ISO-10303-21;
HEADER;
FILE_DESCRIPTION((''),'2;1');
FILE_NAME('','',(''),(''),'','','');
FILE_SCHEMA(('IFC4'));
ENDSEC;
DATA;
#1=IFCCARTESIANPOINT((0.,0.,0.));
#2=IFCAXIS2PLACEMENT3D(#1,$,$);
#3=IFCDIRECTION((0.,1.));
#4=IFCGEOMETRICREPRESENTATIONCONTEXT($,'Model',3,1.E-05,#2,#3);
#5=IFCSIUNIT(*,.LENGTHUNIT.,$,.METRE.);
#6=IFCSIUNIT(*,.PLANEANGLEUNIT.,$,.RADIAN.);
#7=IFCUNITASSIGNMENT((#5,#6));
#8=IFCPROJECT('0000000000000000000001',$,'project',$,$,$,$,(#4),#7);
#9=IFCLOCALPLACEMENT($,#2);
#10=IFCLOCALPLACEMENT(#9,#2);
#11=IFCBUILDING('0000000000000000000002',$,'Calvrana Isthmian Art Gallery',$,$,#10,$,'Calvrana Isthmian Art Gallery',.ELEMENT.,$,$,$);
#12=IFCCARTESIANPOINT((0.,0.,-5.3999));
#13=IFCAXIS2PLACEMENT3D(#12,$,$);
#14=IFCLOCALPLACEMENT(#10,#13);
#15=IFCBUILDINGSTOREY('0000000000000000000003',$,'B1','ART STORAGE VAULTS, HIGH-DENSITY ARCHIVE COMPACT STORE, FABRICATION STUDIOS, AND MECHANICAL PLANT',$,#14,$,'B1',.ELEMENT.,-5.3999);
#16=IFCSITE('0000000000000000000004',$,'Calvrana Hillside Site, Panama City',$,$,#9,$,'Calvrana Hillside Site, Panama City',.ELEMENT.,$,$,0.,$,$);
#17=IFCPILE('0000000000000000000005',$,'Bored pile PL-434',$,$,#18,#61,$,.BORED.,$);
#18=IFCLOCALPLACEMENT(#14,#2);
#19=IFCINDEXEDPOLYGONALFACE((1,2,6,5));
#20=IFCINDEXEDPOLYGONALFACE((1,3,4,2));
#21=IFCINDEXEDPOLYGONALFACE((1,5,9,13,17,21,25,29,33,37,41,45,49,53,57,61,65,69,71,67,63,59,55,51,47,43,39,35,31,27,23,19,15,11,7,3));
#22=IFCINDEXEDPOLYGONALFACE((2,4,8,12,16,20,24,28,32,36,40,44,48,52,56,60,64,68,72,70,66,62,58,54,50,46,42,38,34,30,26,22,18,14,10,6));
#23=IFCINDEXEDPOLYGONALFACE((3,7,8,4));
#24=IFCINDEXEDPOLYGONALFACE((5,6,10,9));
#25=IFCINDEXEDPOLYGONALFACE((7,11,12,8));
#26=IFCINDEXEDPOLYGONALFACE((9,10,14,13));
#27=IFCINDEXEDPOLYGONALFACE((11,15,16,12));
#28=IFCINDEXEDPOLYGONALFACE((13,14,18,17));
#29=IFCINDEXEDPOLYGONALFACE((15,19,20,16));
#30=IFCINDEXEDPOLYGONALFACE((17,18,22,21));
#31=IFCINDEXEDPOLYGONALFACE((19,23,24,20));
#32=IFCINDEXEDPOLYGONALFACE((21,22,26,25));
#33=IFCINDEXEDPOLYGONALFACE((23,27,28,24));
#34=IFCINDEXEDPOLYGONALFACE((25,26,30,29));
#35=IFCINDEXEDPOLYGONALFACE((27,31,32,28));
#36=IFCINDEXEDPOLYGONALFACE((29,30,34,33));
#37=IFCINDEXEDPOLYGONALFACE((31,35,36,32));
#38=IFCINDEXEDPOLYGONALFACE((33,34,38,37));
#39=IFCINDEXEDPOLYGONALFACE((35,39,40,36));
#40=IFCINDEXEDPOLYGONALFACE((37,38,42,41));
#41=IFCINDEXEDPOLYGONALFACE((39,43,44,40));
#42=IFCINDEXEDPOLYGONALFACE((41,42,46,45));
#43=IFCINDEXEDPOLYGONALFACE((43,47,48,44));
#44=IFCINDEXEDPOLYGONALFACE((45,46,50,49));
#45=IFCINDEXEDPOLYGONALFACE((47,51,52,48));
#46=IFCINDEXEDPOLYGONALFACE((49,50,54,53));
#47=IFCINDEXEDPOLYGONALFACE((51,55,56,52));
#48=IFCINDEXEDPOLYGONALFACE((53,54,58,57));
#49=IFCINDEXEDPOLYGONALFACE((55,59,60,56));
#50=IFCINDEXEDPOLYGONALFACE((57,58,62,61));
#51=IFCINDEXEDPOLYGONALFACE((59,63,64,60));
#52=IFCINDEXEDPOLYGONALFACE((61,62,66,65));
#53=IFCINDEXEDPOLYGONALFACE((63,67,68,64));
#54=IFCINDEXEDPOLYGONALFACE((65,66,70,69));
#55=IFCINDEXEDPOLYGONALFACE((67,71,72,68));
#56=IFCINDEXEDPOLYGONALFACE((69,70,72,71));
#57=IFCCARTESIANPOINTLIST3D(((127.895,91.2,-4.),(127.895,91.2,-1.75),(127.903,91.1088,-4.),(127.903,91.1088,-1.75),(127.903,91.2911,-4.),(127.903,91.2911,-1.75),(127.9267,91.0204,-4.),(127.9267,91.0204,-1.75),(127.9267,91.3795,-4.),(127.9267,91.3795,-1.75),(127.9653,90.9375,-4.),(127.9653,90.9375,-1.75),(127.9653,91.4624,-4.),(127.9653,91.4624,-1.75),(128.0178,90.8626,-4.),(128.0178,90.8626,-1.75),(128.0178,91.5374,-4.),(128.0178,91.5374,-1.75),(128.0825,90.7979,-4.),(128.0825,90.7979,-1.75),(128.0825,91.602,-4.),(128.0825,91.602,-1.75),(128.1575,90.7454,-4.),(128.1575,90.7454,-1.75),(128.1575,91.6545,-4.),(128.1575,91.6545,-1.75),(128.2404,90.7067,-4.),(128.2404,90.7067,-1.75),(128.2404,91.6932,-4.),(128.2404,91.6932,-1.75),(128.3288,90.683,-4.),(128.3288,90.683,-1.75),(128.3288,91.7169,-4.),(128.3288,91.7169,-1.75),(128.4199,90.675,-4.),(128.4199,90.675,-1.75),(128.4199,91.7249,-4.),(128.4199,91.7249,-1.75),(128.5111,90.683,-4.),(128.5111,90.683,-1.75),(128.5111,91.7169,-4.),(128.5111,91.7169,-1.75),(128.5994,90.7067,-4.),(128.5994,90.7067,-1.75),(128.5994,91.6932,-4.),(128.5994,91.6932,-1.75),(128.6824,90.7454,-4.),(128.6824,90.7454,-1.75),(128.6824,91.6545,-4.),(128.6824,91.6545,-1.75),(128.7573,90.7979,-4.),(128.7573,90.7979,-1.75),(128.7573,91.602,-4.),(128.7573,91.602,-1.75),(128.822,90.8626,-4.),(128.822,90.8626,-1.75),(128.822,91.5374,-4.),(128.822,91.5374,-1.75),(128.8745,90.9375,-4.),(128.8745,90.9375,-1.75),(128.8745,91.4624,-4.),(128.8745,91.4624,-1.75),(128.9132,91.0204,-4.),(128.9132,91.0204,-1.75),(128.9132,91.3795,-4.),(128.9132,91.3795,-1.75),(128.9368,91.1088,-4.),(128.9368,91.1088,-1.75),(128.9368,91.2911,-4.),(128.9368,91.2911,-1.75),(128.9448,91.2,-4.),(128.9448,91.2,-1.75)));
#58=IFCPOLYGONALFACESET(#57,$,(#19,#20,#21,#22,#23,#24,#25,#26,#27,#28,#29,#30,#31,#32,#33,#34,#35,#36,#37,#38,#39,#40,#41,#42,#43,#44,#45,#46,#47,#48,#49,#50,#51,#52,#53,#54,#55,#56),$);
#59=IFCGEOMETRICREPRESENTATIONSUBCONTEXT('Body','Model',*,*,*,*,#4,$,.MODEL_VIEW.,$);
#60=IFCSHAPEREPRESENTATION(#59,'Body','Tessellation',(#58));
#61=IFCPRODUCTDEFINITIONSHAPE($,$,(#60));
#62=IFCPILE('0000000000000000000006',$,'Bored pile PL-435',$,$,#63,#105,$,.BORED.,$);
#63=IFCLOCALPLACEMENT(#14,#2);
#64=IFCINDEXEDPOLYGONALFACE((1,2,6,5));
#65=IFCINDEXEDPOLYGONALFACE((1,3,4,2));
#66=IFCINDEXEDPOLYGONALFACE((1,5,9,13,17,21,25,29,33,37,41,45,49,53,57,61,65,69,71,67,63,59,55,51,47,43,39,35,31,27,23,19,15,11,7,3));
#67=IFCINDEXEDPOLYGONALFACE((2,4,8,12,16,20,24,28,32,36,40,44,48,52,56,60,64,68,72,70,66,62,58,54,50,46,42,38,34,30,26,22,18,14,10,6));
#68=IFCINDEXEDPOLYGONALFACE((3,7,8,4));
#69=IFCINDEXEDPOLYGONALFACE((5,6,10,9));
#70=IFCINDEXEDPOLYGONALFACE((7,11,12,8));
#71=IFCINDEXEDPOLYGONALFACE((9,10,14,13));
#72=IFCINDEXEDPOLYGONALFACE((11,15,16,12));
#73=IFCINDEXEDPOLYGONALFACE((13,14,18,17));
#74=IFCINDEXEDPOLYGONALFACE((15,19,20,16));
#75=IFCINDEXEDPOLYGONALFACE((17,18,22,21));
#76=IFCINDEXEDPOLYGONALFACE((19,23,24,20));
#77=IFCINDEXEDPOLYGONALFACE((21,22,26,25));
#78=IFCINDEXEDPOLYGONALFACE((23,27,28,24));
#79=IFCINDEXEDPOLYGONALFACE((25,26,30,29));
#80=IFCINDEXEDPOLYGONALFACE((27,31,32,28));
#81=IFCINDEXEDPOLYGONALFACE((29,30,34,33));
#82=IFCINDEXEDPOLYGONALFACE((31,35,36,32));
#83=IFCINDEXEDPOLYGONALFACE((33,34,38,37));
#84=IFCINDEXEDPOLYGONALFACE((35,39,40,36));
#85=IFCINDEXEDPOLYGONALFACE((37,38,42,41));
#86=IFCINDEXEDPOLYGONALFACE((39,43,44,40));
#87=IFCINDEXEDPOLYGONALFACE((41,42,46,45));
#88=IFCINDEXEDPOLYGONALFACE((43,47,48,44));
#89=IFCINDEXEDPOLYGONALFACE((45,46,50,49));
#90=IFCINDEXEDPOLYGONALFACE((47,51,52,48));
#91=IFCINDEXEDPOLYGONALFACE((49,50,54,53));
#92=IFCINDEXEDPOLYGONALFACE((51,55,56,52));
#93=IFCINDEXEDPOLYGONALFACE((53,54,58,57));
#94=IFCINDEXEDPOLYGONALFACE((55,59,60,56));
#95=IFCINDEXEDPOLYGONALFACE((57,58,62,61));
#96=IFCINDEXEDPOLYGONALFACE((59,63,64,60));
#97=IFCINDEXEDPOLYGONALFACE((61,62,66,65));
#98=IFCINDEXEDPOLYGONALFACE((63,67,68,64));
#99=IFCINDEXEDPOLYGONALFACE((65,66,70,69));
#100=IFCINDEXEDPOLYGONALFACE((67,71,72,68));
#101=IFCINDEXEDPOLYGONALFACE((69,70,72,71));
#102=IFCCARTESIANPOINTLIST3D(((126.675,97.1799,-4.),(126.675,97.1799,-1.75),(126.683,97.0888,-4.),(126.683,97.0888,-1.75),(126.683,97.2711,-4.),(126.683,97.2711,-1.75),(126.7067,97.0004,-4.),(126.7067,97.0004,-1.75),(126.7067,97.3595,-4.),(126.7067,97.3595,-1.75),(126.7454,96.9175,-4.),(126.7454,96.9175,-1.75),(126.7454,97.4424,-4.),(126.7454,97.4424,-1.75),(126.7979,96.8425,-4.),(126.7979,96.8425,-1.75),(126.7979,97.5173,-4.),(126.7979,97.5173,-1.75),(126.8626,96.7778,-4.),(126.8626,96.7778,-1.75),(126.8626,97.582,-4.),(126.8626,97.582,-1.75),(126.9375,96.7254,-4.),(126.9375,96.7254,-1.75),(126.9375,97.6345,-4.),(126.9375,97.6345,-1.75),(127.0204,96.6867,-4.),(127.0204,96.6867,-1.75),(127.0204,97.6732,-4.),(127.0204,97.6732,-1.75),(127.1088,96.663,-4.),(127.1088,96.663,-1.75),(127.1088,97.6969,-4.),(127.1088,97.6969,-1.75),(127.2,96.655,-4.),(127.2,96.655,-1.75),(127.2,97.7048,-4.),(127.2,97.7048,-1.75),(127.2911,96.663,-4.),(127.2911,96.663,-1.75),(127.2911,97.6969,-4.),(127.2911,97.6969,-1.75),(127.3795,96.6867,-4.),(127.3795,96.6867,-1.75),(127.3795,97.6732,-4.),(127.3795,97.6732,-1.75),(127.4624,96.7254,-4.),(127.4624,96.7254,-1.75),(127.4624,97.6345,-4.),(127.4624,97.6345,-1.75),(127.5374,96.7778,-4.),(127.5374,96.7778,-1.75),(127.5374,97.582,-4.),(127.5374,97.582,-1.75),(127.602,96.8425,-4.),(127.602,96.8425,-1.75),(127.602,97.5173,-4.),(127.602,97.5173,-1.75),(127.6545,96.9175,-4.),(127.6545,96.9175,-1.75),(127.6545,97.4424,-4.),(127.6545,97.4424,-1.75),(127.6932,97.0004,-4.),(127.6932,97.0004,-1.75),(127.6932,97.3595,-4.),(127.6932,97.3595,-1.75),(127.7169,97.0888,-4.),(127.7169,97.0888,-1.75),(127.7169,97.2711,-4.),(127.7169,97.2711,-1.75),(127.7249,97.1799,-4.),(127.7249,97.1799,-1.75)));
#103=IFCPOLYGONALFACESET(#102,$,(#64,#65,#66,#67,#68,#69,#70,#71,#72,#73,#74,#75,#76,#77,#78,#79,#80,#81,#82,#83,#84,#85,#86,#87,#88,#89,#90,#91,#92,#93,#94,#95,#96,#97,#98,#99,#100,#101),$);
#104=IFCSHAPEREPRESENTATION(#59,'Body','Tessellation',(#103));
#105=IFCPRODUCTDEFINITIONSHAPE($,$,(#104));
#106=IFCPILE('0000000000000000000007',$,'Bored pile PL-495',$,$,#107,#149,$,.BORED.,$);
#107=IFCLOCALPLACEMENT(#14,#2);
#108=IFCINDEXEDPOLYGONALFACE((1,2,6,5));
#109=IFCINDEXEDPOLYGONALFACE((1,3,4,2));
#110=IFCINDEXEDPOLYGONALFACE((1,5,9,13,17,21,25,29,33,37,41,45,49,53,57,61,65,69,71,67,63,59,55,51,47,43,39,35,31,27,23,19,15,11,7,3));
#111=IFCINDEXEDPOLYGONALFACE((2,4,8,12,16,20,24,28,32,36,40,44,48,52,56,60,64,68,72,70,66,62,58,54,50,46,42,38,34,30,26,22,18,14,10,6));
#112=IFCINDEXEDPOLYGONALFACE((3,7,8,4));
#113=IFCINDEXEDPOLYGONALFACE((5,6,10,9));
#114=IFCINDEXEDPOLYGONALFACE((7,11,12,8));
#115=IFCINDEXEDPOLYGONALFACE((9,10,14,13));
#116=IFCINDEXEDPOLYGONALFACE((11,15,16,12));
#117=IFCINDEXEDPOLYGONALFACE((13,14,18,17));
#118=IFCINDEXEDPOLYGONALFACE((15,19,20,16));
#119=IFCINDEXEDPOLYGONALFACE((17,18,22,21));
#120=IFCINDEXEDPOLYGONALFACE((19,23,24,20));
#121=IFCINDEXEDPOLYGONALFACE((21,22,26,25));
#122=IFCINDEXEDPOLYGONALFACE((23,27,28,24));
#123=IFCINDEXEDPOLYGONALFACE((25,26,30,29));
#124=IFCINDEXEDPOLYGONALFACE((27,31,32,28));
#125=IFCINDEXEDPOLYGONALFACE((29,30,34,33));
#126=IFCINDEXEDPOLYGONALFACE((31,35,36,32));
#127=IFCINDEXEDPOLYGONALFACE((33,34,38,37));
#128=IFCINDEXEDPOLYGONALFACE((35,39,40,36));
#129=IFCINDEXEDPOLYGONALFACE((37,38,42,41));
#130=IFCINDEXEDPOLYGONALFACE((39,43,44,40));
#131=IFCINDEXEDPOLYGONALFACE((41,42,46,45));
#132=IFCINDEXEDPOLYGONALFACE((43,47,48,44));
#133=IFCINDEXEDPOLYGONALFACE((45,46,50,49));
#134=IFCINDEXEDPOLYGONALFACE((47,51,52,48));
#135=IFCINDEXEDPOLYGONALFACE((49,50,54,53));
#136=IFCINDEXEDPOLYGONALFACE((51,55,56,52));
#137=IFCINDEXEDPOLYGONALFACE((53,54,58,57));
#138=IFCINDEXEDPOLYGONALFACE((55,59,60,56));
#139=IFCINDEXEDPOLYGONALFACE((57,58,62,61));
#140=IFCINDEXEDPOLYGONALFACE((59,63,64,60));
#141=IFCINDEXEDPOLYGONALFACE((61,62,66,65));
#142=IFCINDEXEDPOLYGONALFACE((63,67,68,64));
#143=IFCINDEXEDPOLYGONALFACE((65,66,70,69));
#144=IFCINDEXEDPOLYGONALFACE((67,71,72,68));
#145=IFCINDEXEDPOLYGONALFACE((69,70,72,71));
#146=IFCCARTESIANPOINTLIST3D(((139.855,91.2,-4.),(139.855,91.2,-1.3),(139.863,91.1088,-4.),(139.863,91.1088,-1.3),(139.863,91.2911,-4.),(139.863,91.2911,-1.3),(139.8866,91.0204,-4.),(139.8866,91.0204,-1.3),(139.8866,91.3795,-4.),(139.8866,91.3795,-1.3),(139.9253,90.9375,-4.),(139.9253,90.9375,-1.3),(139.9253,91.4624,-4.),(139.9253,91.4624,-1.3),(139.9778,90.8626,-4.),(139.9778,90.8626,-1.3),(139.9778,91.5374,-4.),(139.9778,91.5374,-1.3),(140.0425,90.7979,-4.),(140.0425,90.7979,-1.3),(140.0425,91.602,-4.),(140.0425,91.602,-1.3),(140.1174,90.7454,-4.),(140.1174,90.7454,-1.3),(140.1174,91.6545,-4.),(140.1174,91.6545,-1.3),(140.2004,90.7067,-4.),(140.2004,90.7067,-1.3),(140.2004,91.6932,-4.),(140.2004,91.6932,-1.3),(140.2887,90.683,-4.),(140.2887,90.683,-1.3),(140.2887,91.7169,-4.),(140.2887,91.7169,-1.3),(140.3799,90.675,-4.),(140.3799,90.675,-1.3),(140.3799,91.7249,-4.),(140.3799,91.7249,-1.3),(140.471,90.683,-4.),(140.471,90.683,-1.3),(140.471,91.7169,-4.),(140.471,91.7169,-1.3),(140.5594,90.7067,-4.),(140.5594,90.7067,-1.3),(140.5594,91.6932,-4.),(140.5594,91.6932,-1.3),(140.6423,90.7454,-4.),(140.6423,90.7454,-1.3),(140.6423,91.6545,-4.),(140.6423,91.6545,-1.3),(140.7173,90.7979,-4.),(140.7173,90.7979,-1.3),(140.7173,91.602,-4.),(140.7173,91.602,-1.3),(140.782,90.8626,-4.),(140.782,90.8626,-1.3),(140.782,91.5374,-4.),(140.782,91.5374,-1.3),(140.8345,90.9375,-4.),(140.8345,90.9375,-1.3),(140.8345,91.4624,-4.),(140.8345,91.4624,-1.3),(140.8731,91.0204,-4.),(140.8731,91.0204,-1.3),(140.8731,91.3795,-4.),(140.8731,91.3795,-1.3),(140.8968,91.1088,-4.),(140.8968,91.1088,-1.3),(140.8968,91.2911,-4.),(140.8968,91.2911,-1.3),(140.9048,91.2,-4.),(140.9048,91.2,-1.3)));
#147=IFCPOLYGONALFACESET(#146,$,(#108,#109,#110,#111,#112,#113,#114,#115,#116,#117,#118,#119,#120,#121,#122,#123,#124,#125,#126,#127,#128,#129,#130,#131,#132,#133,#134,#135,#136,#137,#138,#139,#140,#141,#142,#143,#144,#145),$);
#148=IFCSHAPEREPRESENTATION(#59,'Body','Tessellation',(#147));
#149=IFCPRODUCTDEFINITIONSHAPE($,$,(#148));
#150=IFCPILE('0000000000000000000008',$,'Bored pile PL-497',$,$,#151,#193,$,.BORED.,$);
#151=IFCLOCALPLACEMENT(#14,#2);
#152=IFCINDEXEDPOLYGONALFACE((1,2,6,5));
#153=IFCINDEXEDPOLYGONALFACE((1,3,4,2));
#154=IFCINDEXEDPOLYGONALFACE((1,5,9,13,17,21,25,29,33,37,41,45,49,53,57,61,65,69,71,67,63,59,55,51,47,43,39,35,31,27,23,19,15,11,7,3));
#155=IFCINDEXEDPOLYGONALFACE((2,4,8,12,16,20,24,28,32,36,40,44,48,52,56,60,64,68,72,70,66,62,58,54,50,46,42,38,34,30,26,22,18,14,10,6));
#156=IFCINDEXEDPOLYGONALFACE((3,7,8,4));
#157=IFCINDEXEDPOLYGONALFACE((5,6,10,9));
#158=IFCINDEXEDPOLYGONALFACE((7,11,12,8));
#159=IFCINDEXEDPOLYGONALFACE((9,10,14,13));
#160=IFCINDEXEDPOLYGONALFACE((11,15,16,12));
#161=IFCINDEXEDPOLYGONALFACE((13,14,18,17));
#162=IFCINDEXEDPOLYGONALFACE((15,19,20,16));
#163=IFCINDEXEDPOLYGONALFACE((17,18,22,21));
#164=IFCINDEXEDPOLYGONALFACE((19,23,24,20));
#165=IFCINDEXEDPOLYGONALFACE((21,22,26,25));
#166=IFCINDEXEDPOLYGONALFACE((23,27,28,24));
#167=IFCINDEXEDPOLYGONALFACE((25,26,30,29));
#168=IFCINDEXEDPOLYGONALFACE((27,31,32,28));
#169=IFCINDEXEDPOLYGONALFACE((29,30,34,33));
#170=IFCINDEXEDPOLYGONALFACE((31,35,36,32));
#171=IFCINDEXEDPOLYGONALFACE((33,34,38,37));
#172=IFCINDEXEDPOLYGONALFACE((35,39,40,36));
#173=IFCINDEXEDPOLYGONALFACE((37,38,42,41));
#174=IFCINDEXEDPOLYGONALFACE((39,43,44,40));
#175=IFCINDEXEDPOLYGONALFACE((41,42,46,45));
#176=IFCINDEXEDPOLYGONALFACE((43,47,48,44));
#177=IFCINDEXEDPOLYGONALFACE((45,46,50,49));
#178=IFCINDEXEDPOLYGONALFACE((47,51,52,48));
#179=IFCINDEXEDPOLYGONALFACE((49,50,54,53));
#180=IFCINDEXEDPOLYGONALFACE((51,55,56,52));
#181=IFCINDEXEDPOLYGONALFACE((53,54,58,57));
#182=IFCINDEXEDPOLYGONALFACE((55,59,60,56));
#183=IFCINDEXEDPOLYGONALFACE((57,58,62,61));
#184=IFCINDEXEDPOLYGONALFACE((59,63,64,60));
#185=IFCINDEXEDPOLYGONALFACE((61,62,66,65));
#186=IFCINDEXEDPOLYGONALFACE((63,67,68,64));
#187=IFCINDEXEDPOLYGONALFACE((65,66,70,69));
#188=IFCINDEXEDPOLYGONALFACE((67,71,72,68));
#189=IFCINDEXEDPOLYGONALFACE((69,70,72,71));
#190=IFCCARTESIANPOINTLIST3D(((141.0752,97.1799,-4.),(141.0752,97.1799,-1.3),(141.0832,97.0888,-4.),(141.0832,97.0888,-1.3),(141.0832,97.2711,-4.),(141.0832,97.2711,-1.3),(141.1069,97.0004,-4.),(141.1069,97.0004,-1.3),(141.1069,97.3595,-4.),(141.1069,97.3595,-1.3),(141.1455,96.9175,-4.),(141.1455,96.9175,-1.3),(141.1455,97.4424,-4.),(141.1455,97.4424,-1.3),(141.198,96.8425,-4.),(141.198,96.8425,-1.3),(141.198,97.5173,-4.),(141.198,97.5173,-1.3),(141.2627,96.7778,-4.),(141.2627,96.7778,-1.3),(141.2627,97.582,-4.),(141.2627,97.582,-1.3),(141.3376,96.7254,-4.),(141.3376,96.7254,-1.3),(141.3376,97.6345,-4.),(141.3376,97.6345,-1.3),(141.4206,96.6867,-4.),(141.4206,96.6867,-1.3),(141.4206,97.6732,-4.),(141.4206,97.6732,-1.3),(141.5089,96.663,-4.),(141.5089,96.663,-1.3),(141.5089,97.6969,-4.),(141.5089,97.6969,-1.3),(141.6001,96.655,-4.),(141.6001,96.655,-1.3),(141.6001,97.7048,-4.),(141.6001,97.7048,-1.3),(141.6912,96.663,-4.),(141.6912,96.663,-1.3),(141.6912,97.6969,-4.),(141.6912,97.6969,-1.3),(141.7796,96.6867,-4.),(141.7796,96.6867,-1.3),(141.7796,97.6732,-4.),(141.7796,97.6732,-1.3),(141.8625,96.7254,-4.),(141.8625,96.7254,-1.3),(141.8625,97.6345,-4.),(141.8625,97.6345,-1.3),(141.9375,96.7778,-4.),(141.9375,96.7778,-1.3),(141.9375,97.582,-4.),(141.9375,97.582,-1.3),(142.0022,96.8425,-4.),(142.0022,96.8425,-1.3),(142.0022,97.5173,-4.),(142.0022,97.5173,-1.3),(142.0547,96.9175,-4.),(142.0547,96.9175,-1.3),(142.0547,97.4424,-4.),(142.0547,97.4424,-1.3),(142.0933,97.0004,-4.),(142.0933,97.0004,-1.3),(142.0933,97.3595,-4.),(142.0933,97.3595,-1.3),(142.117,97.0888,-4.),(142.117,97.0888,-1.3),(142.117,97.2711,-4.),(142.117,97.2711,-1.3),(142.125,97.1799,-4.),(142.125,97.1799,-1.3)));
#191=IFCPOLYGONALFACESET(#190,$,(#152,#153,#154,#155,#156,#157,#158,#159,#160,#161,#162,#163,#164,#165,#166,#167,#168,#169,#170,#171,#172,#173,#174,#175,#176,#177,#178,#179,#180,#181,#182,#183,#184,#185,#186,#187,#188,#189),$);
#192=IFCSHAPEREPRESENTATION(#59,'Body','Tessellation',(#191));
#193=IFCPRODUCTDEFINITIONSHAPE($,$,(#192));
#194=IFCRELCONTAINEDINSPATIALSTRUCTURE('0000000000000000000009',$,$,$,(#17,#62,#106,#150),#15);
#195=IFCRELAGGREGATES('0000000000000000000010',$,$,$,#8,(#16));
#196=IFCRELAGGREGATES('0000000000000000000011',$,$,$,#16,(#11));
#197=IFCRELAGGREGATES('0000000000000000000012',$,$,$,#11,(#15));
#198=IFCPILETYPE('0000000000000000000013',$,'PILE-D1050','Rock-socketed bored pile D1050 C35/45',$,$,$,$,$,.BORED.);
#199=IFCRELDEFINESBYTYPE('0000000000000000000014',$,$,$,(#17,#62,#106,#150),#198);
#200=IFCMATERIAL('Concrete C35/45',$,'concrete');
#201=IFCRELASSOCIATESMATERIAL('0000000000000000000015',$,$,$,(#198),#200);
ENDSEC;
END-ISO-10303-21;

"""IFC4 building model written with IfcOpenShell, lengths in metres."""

from ifc_helpers import new_model, si_unit, direction, frame, origin, origin_2d, place, context, subcontext, project, spatial, circle, extrude, material, material_profile, profile_set, type_object, element, save


model = new_model("IFC4")

# Units and contexts
model_context = context("Model", 3, precision=1e-05, world=origin(), true_north=direction((0.0, 1.0)))
body_context = subcontext(model_context, "Body", "Model", "MODEL_VIEW")
ifc_project = project(units=[si_unit("LENGTHUNIT", "METRE"), si_unit("PLANEANGLEUNIT", "RADIAN")], contexts=[model_context])

# Site, building, storey
site_placement = place(None, origin())
site = spatial("IfcSite", under=ifc_project, at=site_placement, Name="Calvrana Hillside Site, Panama City", LongName="Calvrana Hillside Site, Panama City", CompositionType="ELEMENT", RefElevation=0.0)
building_placement = place(site_placement, origin())
building = spatial("IfcBuilding", under=site, at=building_placement, Name="Calvrana Isthmian Art Gallery", LongName="Calvrana Isthmian Art Gallery", CompositionType="ELEMENT")
storey_placement = place(building_placement, frame((0.0, 0.0, -5.3999)))
storey = spatial("IfcBuildingStorey", under=building, at=storey_placement, Name="B1", Description="ART STORAGE VAULTS, HIGH-DENSITY ARCHIVE COMPACT STORE, FABRICATION STUDIOS, AND MECHANICAL PLANT", LongName="B1", CompositionType="ELEMENT", Elevation=-5.3999)

# Shared definitions
ifc_material_1 = material(Name="Concrete C35/45", Category="concrete")

# Piles
ifc_material_profile_1 = material_profile(ifc_material_1, circle(Radius=0.5249, at=origin_2d()), Name="PILE1050D")
ifc_profile_set_1 = profile_set([ifc_material_profile_1], Name="Concrete C35/45")
pile_type_1 = type_object("IfcPileType", Name="PILE-D1050", Description="Rock-socketed bored pile D1050 C35/45", PredefinedType="BORED", material=ifc_profile_set_1)
for number, where, z_axis, x_axis, name in (
    (1, (128.4199, 91.2, -1.75), (0.0, 0.0, -1.0), (1.0, 0.0, 0.0), "Bored pile PL-434"),
    (2, (127.2, 97.1799, -1.75), (0.0, 0.0, -1.0), (1.0, 0.0, 0.0), "Bored pile PL-435"),
):
    element("IfcPile", number, at=place(storey_placement, frame(where, z_axis=z_axis, x_axis=x_axis)), inside=storey, type_object=pile_type_1, Name=name, PredefinedType="BORED", context=body_context, shape_type="SweptSolid", body=[
        extrude(circle(Radius=0.5249, at=origin_2d()), origin(), (0.0, 0.0, 1.0), 2.25),
    ])
for number, where, z_axis, x_axis, name in (
    (3, (140.3799, 91.2, -1.3), (0.0, 0.0, -1.0), (1.0, 0.0, 0.0), "Bored pile PL-495"),
    (4, (141.6001, 97.1799, -1.3), (0.0, 0.0, -1.0), (1.0, 0.0, 0.0), "Bored pile PL-497"),
):
    element("IfcPile", number, at=place(storey_placement, frame(where, z_axis=z_axis, x_axis=x_axis)), inside=storey, type_object=pile_type_1, Name=name, PredefinedType="BORED", context=body_context, shape_type="SweptSolid", body=[
        extrude(circle(Radius=0.5249, at=origin_2d()), origin(), (0.0, 0.0, 1.0), 2.7),
    ])

save(model, "model.ifc")
